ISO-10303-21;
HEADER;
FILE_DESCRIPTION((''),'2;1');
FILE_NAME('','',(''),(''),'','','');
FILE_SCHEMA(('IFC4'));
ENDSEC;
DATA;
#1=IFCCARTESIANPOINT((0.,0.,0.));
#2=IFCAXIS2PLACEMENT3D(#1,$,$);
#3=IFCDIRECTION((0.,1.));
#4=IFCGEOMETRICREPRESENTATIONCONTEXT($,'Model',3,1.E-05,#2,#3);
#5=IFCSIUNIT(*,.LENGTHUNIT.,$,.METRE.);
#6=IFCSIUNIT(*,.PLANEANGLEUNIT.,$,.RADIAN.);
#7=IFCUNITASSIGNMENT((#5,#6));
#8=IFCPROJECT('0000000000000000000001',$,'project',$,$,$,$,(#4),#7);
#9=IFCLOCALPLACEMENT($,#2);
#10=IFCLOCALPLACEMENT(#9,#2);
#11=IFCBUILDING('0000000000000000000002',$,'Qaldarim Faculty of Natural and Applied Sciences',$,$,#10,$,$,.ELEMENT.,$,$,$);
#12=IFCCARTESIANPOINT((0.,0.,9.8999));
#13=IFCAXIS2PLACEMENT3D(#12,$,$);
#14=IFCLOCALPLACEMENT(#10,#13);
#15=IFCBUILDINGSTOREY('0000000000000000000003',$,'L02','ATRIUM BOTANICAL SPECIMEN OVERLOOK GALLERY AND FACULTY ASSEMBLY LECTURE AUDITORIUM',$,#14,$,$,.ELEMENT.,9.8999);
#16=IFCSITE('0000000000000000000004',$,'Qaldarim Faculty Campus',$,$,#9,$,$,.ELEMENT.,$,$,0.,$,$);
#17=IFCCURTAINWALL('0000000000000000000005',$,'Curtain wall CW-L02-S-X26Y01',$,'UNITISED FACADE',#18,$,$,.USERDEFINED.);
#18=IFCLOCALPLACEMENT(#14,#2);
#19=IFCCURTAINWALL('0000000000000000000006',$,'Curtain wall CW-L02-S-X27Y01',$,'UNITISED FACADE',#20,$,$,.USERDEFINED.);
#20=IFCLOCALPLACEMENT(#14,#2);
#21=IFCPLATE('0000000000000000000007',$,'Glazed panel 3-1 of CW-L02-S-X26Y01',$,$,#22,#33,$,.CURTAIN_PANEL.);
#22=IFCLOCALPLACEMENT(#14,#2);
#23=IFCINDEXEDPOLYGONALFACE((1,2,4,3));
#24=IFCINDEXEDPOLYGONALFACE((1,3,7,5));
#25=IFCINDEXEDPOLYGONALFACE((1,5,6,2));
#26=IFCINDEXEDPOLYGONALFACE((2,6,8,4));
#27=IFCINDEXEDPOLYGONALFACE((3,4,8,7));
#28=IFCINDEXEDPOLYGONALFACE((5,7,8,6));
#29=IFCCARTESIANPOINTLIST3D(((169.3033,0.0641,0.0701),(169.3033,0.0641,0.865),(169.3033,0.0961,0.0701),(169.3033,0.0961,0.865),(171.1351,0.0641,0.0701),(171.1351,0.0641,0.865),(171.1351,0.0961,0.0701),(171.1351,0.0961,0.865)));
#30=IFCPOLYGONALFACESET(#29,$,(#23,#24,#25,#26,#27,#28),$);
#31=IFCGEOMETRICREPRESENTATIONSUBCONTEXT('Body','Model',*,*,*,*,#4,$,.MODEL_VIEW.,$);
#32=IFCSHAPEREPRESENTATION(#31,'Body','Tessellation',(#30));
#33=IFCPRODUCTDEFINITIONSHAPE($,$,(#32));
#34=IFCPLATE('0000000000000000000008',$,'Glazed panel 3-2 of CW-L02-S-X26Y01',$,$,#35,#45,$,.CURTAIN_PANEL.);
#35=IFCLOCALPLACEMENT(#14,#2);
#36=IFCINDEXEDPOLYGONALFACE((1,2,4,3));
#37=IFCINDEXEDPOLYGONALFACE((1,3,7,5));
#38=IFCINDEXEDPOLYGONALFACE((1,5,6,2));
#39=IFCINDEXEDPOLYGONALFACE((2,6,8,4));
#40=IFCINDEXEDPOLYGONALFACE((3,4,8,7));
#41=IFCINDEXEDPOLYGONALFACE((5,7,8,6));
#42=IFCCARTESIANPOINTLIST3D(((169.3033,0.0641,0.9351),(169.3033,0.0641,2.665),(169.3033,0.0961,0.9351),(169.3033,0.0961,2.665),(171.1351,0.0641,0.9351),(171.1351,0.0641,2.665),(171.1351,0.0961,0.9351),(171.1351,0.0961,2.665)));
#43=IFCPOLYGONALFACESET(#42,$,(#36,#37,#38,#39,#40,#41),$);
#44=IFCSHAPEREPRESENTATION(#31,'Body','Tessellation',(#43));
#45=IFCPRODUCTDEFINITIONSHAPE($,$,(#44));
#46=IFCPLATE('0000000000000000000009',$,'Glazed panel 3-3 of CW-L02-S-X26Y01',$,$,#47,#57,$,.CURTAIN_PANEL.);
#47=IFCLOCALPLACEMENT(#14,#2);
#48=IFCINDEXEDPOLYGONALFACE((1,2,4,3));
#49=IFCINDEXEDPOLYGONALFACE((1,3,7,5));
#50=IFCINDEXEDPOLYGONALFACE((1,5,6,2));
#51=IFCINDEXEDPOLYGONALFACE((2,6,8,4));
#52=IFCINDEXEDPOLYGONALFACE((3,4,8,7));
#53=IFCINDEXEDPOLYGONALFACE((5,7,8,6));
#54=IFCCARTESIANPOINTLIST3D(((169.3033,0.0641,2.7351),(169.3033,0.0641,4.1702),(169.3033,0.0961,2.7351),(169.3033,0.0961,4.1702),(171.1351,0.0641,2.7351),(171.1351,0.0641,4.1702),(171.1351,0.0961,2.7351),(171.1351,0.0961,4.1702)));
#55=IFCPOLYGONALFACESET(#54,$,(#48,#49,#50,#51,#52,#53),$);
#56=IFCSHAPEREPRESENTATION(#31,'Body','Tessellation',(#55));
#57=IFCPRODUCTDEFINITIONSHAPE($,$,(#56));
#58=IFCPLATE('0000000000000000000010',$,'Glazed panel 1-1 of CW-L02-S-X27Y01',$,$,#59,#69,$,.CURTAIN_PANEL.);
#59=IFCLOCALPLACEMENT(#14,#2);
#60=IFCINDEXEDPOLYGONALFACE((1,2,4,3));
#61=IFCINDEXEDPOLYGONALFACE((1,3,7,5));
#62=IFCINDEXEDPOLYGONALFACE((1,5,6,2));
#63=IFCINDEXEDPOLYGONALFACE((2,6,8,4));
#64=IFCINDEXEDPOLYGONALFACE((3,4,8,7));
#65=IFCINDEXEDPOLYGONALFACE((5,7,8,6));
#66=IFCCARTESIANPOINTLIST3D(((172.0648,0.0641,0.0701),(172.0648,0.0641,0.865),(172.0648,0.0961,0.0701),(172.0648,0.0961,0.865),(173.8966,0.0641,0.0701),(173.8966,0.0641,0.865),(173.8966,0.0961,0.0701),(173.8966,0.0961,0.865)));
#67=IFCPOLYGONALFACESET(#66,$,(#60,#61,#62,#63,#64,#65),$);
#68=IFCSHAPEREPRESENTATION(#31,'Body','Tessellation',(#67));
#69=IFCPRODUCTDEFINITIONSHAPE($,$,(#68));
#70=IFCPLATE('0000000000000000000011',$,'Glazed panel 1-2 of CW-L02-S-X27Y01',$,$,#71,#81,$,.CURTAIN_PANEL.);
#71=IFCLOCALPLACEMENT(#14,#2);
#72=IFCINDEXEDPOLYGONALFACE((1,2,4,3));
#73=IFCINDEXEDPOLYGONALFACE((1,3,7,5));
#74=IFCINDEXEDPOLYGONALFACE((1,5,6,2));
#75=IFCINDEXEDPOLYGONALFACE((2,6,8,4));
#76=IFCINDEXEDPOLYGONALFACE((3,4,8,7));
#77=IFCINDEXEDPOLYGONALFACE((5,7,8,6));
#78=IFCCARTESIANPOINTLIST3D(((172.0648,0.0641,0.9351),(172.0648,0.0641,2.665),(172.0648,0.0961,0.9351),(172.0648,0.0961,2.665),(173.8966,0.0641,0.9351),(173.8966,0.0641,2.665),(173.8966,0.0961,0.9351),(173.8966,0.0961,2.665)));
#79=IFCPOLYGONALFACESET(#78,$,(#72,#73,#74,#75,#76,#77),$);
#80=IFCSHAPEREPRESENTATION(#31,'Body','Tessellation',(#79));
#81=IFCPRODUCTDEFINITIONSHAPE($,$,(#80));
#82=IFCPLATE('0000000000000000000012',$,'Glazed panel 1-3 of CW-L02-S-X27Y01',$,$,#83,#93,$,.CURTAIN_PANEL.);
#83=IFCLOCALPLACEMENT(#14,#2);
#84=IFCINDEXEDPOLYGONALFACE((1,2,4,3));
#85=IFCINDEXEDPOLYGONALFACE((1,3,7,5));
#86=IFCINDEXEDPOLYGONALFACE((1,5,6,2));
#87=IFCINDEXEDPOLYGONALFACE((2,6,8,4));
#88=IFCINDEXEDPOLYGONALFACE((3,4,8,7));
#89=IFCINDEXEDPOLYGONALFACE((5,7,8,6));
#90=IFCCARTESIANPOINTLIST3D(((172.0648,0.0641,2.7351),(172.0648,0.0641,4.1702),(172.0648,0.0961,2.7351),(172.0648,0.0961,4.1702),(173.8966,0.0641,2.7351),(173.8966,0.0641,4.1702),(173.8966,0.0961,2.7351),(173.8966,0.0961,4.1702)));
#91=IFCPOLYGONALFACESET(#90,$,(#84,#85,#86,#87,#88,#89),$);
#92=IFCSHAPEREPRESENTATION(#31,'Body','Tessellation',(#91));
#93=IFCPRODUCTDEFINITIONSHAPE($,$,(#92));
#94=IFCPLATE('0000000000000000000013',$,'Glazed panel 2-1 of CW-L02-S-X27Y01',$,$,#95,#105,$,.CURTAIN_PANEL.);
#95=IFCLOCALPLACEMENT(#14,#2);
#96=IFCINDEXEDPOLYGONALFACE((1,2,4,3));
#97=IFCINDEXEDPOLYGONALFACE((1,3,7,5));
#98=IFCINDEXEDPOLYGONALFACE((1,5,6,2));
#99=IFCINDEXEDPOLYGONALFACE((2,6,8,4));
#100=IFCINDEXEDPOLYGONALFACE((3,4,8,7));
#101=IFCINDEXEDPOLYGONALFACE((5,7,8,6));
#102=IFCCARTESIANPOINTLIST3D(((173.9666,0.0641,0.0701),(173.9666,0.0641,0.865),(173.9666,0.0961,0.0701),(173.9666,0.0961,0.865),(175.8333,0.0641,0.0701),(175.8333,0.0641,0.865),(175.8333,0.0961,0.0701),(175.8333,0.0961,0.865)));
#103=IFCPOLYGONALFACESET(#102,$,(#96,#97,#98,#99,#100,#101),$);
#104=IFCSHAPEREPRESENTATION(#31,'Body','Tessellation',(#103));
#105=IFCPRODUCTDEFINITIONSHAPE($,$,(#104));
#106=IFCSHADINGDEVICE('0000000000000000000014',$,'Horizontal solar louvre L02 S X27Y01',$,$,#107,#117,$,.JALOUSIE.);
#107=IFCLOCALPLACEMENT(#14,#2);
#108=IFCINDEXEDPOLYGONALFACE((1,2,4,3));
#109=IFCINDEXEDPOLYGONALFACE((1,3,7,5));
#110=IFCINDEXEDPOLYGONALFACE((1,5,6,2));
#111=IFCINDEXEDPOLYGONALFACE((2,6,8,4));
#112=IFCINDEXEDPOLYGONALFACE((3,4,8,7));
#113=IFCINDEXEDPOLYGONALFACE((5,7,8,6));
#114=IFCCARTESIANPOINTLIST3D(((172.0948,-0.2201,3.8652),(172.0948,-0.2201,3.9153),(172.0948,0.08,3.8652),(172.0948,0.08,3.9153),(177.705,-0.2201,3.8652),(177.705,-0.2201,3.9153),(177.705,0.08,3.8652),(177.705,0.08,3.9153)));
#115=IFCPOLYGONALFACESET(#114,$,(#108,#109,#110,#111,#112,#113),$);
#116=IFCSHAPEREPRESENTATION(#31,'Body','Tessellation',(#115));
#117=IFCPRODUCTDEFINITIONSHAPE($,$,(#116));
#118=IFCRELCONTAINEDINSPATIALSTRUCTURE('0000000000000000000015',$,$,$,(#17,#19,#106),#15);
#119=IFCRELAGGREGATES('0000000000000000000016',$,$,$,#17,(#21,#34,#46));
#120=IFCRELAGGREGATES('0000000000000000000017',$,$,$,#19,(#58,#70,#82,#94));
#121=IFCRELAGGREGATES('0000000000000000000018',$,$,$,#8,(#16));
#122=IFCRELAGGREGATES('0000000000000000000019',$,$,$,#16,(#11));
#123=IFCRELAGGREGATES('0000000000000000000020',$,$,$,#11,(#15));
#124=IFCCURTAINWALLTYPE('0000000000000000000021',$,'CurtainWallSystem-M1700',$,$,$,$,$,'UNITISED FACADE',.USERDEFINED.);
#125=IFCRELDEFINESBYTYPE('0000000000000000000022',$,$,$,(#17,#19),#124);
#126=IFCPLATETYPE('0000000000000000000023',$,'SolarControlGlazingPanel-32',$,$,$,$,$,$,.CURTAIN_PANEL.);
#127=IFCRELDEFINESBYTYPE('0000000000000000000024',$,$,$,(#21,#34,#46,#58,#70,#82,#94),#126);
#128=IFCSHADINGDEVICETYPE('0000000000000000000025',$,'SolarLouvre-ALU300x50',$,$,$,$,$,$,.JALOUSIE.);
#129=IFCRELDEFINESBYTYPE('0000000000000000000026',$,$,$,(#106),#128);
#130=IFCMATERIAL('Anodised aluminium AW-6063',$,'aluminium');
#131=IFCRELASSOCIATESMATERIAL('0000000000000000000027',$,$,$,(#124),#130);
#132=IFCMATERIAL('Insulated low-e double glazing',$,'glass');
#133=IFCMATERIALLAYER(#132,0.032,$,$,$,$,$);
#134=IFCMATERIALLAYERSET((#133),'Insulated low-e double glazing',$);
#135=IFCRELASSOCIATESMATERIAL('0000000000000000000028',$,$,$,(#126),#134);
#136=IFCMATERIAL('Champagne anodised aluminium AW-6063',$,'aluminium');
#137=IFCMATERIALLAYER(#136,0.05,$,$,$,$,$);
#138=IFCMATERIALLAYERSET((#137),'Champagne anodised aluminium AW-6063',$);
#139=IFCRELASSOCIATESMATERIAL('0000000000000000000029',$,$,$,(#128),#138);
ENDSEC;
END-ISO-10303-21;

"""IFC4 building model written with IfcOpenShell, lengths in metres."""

from ifc_helpers import new_model, si_unit, direction, frame, origin, origin_2d, place, context, subcontext, project, spatial, rectangle, extrude, material, layer, layer_set, type_object, element, aggregate, save


model = new_model("IFC4")

# Units and contexts
model_context = context("Model", 3, precision=1e-05, world=origin(), true_north=direction((0.0, 1.0)))
body_context = subcontext(model_context, "Body", "Model", "MODEL_VIEW")
ifc_project = project(units=[si_unit("LENGTHUNIT", "METRE"), si_unit("PLANEANGLEUNIT", "RADIAN")], contexts=[model_context])

# Site, building, storey
site_placement = place(None, origin())
site = spatial("IfcSite", under=ifc_project, at=site_placement, Name="Qaldarim Faculty Campus", CompositionType="ELEMENT", RefElevation=0.0)
building_placement = place(site_placement, origin())
building = spatial("IfcBuilding", under=site, at=building_placement, Name="Qaldarim Faculty of Natural and Applied Sciences", CompositionType="ELEMENT")
storey_placement = place(building_placement, frame((0.0, 0.0, 9.8999)))
storey = spatial("IfcBuildingStorey", under=building, at=storey_placement, Name="L02", Description="ATRIUM BOTANICAL SPECIMEN OVERLOOK GALLERY AND FACULTY ASSEMBLY LECTURE AUDITORIUM", CompositionType="ELEMENT", Elevation=9.8999)

# Curtain wall
ifc_material_1 = material(Name="Anodised aluminium AW-6063", Category="aluminium")
curtain_wall_type = type_object("IfcCurtainWallType", Name="CurtainWallSystem-M1700", ElementType="UNITISED FACADE", PredefinedType="USERDEFINED", material=ifc_material_1)
curtain_wall_1_placement = place(storey_placement, origin())
curtain_wall_1 = element("IfcCurtainWall", 1, at=curtain_wall_1_placement, inside=storey, type_object=curtain_wall_type, Name="Curtain wall CW-L02-S-X26Y01", ObjectType="UNITISED FACADE", PredefinedType="USERDEFINED")

# Curtain wall
curtain_wall_2_placement = place(storey_placement, origin())
curtain_wall_2 = element("IfcCurtainWall", 2, at=curtain_wall_2_placement, inside=storey, type_object=curtain_wall_type, Name="Curtain wall CW-L02-S-X27Y01", ObjectType="UNITISED FACADE", PredefinedType="USERDEFINED")

# Plates
ifc_material_2 = material(Name="Insulated low-e double glazing", Category="glass")
ifc_layer_1 = layer(ifc_material_2, 0.032)
ifc_layer_set_1 = layer_set([ifc_layer_1], Name="Insulated low-e double glazing")
plate_type = type_object("IfcPlateType", Name="SolarControlGlazingPanel-32", PredefinedType="CURTAIN_PANEL", material=ifc_layer_set_1)
plate_1_placement = place(storey_placement, frame((170.2192, 0.0801, 0.0701), z_axis=(0.0, 0.0, 1.0), x_axis=(1.0, 0.0, 0.0)))
plate_1 = element("IfcPlate", 3, at=plate_1_placement, type_object=plate_type, Name="Glazed panel 3-1 of CW-L02-S-X26Y01", PredefinedType="CURTAIN_PANEL", context=body_context, shape_type="SweptSolid", body=[
    extrude(rectangle(XDim=1.8318, YDim=0.032, at=origin_2d()), origin(), (0.0, 0.0, 1.0), 0.7949),
])
plate_2_placement = place(storey_placement, frame((170.2192, 0.0801, 0.9351), z_axis=(0.0, 0.0, 1.0), x_axis=(1.0, 0.0, 0.0)))
plate_2 = element("IfcPlate", 4, at=plate_2_placement, type_object=plate_type, Name="Glazed panel 3-2 of CW-L02-S-X26Y01", PredefinedType="CURTAIN_PANEL", context=body_context, shape_type="SweptSolid", body=[
    extrude(rectangle(XDim=1.8318, YDim=0.032, at=origin_2d()), origin(), (0.0, 0.0, 1.0), 1.73),
])
plate_3_placement = place(storey_placement, frame((170.2192, 0.0801, 2.7351), z_axis=(0.0, 0.0, 1.0), x_axis=(1.0, 0.0, 0.0)))
plate_3 = element("IfcPlate", 5, at=plate_3_placement, type_object=plate_type, Name="Glazed panel 3-3 of CW-L02-S-X26Y01", PredefinedType="CURTAIN_PANEL", context=body_context, shape_type="SweptSolid", body=[
    extrude(rectangle(XDim=1.8318, YDim=0.032, at=origin_2d()), origin(), (0.0, 0.0, 1.0), 1.4351),
])
aggregate(curtain_wall_1, [plate_1, plate_2, plate_3])
plate_4_placement = place(storey_placement, frame((172.9807, 0.0801, 0.0701), z_axis=(0.0, 0.0, 1.0), x_axis=(1.0, 0.0, 0.0)))
plate_4 = element("IfcPlate", 6, at=plate_4_placement, type_object=plate_type, Name="Glazed panel 1-1 of CW-L02-S-X27Y01", PredefinedType="CURTAIN_PANEL", context=body_context, shape_type="SweptSolid", body=[
    extrude(rectangle(XDim=1.8318, YDim=0.032, at=origin_2d()), origin(), (0.0, 0.0, 1.0), 0.7949),
])
plate_5_placement = place(storey_placement, frame((172.9807, 0.0801, 0.9351), z_axis=(0.0, 0.0, 1.0), x_axis=(1.0, 0.0, 0.0)))
plate_5 = element("IfcPlate", 7, at=plate_5_placement, type_object=plate_type, Name="Glazed panel 1-2 of CW-L02-S-X27Y01", PredefinedType="CURTAIN_PANEL", context=body_context, shape_type="SweptSolid", body=[
    extrude(rectangle(XDim=1.8318, YDim=0.032, at=origin_2d()), origin(), (0.0, 0.0, 1.0), 1.73),
])
plate_6_placement = place(storey_placement, frame((172.9807, 0.0801, 2.7351), z_axis=(0.0, 0.0, 1.0), x_axis=(1.0, 0.0, 0.0)))
plate_6 = element("IfcPlate", 8, at=plate_6_placement, type_object=plate_type, Name="Glazed panel 1-3 of CW-L02-S-X27Y01", PredefinedType="CURTAIN_PANEL", context=body_context, shape_type="SweptSolid", body=[
    extrude(rectangle(XDim=1.8318, YDim=0.032, at=origin_2d()), origin(), (0.0, 0.0, 1.0), 1.4351),
])
plate_7_placement = place(storey_placement, frame((174.8999, 0.0801, 0.0701), z_axis=(0.0, 0.0, 1.0), x_axis=(1.0, 0.0, 0.0)))
plate_7 = element("IfcPlate", 9, at=plate_7_placement, type_object=plate_type, Name="Glazed panel 2-1 of CW-L02-S-X27Y01", PredefinedType="CURTAIN_PANEL", context=body_context, shape_type="SweptSolid", body=[
    extrude(rectangle(XDim=1.8667, YDim=0.032, at=origin_2d()), origin(), (0.0, 0.0, 1.0), 0.7949),
])
aggregate(curtain_wall_2, [plate_4, plate_5, plate_6, plate_7])

# Shading device
ifc_material_3 = material(Name="Champagne anodised aluminium AW-6063", Category="aluminium")
ifc_layer_2 = layer(ifc_material_3, 0.05)
ifc_layer_set_2 = layer_set([ifc_layer_2], Name="Champagne anodised aluminium AW-6063")
shading_device_type = type_object("IfcShadingDeviceType", Name="SolarLouvre-ALU300x50", PredefinedType="JALOUSIE", material=ifc_layer_set_2)
shading_device_placement = place(storey_placement, frame((174.8999, -0.0701, 3.8652), z_axis=(0.0, 0.0, 1.0), x_axis=(1.0, 0.0, 0.0)))
element("IfcShadingDevice", 10, at=shading_device_placement, inside=storey, type_object=shading_device_type, Name="Horizontal solar louvre L02 S X27Y01", PredefinedType="JALOUSIE", context=body_context, shape_type="SweptSolid", body=[
    extrude(rectangle(XDim=5.6101, YDim=0.3, at=origin_2d()), origin(), (0.0, 0.0, 1.0), 0.05),
])

save(model, "model.ifc")
